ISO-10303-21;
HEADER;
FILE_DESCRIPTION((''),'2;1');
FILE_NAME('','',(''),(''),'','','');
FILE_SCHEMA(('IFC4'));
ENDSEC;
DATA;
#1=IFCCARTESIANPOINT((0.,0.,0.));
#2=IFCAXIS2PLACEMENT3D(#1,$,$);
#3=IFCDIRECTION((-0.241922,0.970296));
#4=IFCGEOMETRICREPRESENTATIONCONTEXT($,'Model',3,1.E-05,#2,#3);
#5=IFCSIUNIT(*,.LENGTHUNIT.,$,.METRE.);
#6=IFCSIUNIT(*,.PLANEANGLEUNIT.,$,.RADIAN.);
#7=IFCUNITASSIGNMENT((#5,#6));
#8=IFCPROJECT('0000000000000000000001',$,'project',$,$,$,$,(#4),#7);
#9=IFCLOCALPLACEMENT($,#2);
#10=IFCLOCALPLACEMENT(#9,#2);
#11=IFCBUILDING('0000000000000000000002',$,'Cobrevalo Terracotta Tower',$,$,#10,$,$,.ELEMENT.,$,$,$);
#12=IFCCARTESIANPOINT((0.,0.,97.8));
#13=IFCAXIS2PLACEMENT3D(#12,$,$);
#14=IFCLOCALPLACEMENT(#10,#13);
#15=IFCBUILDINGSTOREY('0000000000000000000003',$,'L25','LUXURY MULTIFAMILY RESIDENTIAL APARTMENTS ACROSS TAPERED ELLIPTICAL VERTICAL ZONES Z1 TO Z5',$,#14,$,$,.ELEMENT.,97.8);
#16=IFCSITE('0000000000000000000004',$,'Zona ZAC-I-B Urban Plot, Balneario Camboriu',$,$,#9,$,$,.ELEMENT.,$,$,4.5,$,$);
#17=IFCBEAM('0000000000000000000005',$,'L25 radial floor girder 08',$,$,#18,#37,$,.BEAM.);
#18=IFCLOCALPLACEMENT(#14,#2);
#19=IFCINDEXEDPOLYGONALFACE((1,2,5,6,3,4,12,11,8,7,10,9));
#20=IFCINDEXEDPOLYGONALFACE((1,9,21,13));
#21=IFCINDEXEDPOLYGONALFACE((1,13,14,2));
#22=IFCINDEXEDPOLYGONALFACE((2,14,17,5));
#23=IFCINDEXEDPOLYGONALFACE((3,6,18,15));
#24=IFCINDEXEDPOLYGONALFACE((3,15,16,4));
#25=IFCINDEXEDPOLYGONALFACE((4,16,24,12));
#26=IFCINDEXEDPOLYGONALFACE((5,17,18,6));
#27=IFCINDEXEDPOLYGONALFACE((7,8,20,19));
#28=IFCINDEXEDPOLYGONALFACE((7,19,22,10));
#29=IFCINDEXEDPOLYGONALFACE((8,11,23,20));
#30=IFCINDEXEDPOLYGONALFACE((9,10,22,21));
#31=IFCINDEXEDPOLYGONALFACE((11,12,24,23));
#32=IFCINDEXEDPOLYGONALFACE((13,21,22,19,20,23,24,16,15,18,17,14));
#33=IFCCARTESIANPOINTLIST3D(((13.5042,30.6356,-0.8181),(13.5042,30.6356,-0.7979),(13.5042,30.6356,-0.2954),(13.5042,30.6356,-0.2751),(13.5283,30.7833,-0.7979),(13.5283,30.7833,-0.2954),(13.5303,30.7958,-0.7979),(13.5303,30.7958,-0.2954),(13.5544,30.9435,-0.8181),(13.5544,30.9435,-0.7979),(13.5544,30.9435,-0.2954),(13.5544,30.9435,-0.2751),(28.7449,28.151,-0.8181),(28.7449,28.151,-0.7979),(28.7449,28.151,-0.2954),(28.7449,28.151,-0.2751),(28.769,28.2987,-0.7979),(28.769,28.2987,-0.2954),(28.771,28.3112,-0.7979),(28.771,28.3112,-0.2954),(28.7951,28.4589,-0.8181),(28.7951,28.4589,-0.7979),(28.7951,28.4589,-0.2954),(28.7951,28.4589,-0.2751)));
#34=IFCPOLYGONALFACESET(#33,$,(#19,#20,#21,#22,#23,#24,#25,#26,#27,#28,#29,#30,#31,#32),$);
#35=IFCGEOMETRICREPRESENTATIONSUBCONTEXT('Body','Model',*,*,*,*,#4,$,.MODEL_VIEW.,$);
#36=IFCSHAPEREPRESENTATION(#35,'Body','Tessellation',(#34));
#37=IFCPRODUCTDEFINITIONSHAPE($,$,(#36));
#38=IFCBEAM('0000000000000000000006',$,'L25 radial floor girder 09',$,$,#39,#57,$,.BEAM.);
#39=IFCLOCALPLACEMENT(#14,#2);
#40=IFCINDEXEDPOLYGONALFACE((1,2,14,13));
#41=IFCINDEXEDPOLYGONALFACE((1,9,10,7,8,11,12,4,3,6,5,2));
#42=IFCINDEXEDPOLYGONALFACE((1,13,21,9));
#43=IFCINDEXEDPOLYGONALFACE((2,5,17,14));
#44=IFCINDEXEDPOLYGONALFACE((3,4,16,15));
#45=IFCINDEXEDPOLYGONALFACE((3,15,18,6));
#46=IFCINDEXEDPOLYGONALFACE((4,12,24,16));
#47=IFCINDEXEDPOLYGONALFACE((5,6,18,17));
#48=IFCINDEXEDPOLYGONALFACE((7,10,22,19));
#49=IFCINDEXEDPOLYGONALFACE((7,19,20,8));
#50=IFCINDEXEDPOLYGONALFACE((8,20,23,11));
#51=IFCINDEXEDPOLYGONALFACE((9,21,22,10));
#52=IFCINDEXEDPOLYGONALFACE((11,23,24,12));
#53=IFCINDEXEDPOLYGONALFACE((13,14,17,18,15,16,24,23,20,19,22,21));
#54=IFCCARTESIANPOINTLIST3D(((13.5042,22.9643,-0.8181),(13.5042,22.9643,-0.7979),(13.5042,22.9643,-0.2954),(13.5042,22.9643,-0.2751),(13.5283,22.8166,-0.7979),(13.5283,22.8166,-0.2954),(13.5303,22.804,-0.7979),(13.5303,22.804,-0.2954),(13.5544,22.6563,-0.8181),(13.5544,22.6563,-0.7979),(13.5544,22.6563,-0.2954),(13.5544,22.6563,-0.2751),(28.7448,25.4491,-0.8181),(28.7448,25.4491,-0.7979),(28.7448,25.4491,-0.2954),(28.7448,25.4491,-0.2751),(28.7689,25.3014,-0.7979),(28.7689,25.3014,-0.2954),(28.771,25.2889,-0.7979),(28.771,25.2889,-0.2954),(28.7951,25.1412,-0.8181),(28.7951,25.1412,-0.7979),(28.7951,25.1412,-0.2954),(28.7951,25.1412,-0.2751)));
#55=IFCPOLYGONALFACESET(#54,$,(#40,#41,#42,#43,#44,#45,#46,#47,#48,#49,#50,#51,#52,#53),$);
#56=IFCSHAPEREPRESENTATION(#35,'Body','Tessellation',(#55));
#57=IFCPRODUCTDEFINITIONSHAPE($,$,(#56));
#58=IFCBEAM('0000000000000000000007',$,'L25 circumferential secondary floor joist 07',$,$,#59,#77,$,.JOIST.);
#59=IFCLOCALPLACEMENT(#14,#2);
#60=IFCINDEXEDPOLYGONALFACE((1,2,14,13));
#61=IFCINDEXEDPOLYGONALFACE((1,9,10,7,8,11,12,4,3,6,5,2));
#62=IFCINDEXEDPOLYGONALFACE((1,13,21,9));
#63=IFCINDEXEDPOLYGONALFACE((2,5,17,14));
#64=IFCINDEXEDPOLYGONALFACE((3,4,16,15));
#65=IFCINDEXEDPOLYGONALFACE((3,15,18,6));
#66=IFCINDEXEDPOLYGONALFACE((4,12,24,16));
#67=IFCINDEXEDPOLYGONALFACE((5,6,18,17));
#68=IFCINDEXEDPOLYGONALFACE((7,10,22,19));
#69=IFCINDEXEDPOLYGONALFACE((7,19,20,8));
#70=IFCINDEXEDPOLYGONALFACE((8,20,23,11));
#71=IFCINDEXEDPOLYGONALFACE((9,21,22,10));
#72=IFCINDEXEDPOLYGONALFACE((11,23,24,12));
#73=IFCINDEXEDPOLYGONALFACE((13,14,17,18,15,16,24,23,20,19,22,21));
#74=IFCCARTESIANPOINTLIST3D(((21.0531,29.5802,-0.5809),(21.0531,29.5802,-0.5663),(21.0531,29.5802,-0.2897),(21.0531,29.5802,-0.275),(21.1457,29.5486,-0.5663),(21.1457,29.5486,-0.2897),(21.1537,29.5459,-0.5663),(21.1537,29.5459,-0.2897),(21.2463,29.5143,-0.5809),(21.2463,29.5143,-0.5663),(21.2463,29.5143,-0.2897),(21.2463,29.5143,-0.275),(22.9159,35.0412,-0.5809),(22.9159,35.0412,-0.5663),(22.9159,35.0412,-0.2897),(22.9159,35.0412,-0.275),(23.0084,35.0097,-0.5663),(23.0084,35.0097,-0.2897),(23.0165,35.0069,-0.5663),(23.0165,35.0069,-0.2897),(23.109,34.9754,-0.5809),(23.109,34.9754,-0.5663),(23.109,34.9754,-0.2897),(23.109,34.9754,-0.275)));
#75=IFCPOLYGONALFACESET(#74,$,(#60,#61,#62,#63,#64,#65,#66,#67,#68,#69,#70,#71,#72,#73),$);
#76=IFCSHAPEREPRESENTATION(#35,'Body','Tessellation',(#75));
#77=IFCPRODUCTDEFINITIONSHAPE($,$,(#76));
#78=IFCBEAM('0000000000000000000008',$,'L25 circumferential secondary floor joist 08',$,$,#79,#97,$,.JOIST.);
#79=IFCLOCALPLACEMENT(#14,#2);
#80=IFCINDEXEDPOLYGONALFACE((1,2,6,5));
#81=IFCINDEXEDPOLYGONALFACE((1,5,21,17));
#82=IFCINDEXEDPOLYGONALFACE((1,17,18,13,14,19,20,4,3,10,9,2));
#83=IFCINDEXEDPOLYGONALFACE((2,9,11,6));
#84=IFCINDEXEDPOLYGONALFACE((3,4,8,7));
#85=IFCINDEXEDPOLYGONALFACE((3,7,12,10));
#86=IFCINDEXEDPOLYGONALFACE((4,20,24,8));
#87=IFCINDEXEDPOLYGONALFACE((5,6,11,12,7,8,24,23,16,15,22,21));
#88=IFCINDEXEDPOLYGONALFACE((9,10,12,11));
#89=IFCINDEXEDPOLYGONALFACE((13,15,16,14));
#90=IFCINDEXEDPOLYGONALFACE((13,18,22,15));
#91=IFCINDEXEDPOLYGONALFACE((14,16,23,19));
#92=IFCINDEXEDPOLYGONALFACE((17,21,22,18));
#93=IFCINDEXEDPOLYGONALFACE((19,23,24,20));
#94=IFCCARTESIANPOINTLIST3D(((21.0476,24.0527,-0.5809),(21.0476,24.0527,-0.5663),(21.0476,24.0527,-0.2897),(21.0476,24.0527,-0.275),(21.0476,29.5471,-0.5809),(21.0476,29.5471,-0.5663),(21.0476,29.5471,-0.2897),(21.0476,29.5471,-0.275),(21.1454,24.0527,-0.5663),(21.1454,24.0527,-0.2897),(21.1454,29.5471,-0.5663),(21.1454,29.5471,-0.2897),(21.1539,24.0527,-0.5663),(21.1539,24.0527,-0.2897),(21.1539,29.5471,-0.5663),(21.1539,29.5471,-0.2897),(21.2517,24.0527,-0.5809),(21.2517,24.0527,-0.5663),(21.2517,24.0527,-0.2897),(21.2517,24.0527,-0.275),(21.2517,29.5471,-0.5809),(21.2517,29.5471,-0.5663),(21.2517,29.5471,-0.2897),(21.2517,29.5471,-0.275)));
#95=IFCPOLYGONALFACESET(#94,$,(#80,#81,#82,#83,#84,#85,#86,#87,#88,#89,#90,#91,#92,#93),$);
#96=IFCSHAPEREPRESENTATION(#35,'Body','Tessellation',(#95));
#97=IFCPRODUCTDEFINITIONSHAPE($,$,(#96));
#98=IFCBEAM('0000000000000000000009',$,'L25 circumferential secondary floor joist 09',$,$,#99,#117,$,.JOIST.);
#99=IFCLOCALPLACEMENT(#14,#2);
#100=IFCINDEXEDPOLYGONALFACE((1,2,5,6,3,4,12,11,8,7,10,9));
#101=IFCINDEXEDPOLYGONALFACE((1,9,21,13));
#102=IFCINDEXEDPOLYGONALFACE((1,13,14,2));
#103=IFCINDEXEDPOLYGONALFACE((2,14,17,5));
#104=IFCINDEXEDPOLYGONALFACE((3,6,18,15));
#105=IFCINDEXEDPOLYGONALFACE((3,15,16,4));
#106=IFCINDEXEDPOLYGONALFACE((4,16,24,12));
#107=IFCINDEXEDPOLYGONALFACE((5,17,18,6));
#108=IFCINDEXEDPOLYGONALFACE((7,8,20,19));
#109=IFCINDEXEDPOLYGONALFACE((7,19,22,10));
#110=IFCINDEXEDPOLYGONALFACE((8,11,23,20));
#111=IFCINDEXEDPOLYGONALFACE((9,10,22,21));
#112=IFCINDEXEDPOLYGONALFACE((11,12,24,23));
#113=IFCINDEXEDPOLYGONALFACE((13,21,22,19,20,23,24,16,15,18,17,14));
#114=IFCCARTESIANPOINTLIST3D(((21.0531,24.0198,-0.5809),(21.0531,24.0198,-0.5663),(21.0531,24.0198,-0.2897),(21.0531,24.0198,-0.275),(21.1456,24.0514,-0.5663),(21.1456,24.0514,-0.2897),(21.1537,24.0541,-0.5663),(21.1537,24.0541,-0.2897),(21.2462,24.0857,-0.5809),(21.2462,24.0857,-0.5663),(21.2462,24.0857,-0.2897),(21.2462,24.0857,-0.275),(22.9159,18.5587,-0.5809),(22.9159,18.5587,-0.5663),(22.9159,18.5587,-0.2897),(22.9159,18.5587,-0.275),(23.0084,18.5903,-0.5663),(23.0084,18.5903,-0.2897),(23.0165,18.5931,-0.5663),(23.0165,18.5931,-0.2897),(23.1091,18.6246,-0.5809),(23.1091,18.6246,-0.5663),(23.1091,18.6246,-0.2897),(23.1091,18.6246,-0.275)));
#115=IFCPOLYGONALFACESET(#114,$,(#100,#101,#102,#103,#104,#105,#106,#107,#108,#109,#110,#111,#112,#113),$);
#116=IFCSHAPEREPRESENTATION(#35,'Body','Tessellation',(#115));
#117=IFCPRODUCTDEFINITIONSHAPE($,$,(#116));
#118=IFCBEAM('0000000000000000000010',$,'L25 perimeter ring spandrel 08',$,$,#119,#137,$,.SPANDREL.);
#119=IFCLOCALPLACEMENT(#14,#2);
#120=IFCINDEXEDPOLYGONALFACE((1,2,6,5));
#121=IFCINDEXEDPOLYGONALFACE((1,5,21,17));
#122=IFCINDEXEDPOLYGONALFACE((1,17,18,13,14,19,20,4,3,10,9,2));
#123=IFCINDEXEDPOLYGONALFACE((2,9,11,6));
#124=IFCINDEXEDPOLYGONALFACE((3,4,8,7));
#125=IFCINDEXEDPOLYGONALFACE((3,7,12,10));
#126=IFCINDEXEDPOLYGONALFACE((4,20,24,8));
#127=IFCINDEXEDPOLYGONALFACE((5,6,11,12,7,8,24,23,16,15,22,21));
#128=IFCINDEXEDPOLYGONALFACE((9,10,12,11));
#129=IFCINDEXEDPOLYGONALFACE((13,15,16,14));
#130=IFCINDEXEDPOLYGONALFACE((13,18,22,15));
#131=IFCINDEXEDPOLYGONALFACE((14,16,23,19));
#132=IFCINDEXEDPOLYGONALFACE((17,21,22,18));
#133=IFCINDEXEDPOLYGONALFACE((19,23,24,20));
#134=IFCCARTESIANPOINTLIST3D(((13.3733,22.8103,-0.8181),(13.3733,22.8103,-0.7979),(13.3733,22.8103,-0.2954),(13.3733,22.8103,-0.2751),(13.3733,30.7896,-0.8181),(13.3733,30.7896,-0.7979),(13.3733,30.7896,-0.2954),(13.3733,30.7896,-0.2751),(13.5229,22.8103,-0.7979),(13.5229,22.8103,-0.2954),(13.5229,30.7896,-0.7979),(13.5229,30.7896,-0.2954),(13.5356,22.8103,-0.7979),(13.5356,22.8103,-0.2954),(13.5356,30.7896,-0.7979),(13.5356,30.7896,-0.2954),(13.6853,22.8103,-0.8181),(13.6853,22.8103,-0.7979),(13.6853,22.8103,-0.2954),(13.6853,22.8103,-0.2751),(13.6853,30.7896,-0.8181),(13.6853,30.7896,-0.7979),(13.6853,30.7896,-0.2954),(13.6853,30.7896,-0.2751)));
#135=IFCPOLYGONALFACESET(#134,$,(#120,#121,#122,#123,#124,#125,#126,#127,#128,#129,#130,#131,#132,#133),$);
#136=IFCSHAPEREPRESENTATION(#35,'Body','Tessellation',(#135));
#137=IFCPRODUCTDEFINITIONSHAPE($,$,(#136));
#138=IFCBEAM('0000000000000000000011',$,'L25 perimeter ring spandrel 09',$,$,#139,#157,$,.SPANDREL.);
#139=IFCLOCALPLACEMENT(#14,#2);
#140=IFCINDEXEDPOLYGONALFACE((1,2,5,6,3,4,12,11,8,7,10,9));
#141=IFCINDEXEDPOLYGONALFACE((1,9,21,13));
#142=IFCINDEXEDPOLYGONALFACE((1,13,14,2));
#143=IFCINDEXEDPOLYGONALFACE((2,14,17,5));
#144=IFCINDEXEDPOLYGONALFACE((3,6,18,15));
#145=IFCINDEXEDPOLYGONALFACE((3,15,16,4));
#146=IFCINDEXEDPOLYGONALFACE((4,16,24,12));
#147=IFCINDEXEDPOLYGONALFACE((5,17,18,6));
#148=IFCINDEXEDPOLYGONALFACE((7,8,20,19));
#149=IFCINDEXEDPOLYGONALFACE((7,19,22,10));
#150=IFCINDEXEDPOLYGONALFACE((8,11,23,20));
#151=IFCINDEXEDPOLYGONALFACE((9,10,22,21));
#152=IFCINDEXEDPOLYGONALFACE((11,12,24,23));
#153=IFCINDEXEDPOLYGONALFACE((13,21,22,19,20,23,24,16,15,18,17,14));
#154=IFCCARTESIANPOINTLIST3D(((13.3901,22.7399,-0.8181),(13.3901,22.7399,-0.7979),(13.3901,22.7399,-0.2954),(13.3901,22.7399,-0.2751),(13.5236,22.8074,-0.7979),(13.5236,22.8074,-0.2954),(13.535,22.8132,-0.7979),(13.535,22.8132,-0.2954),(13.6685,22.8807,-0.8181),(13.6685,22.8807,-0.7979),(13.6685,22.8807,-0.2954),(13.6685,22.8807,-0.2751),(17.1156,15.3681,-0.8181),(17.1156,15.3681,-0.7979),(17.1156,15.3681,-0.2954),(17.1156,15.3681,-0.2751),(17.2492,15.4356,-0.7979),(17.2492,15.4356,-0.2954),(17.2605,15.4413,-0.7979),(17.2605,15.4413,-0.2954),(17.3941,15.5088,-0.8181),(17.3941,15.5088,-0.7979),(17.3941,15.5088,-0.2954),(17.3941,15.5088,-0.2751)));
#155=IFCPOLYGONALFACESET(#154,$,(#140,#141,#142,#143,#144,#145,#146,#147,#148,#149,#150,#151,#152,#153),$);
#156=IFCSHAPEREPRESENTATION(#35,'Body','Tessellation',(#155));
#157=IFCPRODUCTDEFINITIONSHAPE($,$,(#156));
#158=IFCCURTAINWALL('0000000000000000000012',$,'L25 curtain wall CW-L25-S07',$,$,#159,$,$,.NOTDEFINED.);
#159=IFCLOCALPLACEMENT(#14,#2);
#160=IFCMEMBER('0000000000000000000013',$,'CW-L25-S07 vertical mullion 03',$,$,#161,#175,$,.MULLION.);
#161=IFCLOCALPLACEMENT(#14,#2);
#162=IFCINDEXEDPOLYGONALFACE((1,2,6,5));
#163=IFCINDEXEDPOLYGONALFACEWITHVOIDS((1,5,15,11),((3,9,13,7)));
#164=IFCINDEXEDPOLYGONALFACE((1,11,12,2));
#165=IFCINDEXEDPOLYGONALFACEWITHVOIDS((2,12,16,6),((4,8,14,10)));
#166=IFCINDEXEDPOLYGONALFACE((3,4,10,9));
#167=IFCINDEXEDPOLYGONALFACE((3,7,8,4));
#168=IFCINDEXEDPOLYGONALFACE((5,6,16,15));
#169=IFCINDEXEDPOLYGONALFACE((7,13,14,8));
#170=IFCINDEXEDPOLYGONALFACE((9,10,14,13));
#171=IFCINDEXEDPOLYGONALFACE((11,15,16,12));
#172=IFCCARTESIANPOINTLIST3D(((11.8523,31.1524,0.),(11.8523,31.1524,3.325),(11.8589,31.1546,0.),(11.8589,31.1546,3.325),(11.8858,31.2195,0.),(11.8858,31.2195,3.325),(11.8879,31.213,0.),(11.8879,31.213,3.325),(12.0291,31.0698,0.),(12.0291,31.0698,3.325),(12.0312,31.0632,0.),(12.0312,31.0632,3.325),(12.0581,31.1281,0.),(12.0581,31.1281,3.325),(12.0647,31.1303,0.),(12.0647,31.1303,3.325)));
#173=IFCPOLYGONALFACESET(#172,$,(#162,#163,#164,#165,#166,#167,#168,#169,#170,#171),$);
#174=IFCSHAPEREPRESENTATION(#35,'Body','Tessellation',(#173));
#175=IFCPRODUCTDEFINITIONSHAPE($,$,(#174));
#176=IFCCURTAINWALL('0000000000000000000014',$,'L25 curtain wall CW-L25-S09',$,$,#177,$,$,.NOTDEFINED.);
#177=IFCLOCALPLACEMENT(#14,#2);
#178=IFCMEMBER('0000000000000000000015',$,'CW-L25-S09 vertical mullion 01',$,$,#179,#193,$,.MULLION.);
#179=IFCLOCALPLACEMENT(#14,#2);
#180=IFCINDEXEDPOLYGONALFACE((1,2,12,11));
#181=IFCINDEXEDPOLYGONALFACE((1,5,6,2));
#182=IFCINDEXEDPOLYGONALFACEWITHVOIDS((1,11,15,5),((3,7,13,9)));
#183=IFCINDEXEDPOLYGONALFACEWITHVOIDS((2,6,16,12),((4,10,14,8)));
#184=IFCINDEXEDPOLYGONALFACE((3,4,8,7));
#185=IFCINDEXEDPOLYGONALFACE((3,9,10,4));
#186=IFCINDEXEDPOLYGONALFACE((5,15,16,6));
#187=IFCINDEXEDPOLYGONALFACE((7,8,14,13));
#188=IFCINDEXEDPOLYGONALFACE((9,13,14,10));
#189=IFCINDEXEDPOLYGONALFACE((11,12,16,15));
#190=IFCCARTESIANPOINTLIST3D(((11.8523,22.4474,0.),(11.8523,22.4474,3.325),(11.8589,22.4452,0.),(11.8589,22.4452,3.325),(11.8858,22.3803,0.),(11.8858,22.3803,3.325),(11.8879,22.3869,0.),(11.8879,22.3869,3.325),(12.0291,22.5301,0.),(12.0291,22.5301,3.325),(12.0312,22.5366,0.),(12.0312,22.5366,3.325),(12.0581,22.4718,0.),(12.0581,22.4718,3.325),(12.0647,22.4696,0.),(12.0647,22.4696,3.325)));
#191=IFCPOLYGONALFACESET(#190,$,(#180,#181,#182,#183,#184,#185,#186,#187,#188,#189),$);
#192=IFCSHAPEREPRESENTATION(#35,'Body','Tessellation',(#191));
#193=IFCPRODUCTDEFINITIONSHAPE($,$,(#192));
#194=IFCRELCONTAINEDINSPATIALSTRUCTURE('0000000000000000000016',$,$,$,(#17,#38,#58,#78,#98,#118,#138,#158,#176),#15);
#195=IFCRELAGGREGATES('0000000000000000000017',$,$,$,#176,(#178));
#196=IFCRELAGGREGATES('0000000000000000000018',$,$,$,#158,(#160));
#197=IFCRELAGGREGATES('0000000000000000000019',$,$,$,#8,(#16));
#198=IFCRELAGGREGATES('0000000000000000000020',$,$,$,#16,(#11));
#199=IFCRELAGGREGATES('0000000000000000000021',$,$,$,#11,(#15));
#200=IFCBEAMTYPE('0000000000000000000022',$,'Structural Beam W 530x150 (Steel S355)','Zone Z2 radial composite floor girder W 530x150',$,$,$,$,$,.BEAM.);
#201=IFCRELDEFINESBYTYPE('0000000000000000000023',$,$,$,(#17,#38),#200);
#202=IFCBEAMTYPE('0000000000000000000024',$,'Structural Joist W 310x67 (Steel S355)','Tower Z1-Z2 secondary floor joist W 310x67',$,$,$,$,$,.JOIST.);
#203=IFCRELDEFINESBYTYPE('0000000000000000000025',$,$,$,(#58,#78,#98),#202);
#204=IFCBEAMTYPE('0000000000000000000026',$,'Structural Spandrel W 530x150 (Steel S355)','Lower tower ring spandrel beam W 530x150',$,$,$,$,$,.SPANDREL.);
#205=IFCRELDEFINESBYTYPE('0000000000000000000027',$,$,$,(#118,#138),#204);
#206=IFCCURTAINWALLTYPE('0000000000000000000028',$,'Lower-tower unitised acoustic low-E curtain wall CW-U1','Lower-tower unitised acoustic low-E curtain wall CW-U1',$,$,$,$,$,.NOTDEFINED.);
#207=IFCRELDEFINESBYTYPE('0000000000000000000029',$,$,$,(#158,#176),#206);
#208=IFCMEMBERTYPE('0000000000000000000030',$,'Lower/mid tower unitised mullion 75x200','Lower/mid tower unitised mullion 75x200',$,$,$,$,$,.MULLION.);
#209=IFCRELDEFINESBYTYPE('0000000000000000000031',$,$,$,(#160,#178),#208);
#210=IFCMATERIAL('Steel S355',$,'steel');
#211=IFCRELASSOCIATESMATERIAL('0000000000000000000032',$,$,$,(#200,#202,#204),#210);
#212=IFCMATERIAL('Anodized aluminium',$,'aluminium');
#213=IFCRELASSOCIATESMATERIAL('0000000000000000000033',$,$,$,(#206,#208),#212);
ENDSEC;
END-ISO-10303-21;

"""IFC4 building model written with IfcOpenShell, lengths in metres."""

from ifc_helpers import new_model, si_unit, direction, frame, origin, origin_2d, place, context, subcontext, project, spatial, hollow_rectangle, i_section, extrude, source, transform, mapped, material, material_profile, profile_set, type_object, element, aggregate, save


model = new_model("IFC4")

# Units and contexts
model_context = context("Model", 3, precision=1e-05, world=origin(), true_north=direction((-0.241922, 0.970296)))
body_context = subcontext(model_context, "Body", "Model", "MODEL_VIEW")
ifc_project = project(units=[si_unit("LENGTHUNIT", "METRE"), si_unit("PLANEANGLEUNIT", "RADIAN")], contexts=[model_context])

# Site, building, storey
site_placement = place(None, origin())
site = spatial("IfcSite", under=ifc_project, at=site_placement, Name="Zona ZAC-I-B Urban Plot, Balneario Camboriu", CompositionType="ELEMENT", RefElevation=4.5)
building_placement = place(site_placement, origin())
building = spatial("IfcBuilding", under=site, at=building_placement, Name="Cobrevalo Terracotta Tower", CompositionType="ELEMENT")
storey_placement = place(building_placement, frame((0.0, 0.0, 97.8)))
storey = spatial("IfcBuildingStorey", under=building, at=storey_placement, Name="L25", Description="LUXURY MULTIFAMILY RESIDENTIAL APARTMENTS ACROSS TAPERED ELLIPTICAL VERTICAL ZONES Z1 TO Z5", CompositionType="ELEMENT", Elevation=97.8)

# Shared definitions
ifc_material_1 = material(Name="Steel S355", Category="steel")

# Beams
ifc_material_profile_1 = material_profile(ifc_material_1, i_section(OverallWidth=0.312, OverallDepth=0.543, WebThickness=0.0127, FlangeThickness=0.0203, at=origin_2d()), Name="W 530x150")
ifc_profile_set_1 = profile_set([ifc_material_profile_1], Name="Steel S355")
beam_type_1 = type_object("IfcBeamType", Name="Structural Beam W 530x150 (Steel S355)", Description="Zone Z2 radial composite floor girder W 530x150", PredefinedType="BEAM", material=ifc_profile_set_1)
for number, where, z_axis, x_axis, name in (
    (1, (13.5293, 30.7896, -0.5466), (0.986971, -0.160901, 0.0), (0.160901, 0.986971, 0.0), "L25 radial floor girder 08"),
    (2, (13.5293, 22.8103, -0.5466), (0.986968, 0.160916, 0.0), (-0.160916, 0.986968, 0.0), "L25 radial floor girder 09"),
):
    element("IfcBeam", number, at=place(storey_placement, frame(where, z_axis=z_axis, x_axis=x_axis)), inside=storey, type_object=beam_type_1, Name=name, PredefinedType="BEAM", context=body_context, shape_type="SweptSolid", body=[
        extrude(i_section(OverallWidth=0.312, OverallDepth=0.543, WebThickness=0.0127, FlangeThickness=0.0203, at=origin_2d()), origin(), (0.0, 0.0, 1.0), 15.4419),
    ])
ifc_material_profile_2 = material_profile(ifc_material_1, i_section(OverallWidth=0.2041, OverallDepth=0.3059, WebThickness=0.0085, FlangeThickness=0.0146, at=origin_2d()), Name="W 310x67")
ifc_profile_set_2 = profile_set([ifc_material_profile_2], Name="Steel S355")
beam_type_2 = type_object("IfcBeamType", Name="Structural Joist W 310x67 (Steel S355)", Description="Tower Z1-Z2 secondary floor joist W 310x67", PredefinedType="JOIST", material=ifc_profile_set_2)
beam_1_placement = place(storey_placement, frame((23.0125, 35.0083, -0.428), z_axis=(-0.322833, -0.946456, 0.0), x_axis=(0.946456, -0.322833, 0.0)))
element("IfcBeam", 3, at=beam_1_placement, inside=storey, type_object=beam_type_2, Name="L25 circumferential secondary floor joist 07", PredefinedType="JOIST", context=body_context, shape_type="SweptSolid", body=[
    extrude(i_section(OverallWidth=0.2041, OverallDepth=0.3059, WebThickness=0.0085, FlangeThickness=0.0146, at=origin_2d()), origin(), (0.0, 0.0, 1.0), 5.77),
])
beam_2_placement = place(storey_placement, frame((21.1497, 29.5471, -0.428), z_axis=(0.0, -1.0, 0.0), x_axis=(1.0, 0.0, 0.0)))
element("IfcBeam", 4, at=beam_2_placement, inside=storey, type_object=beam_type_2, Name="L25 circumferential secondary floor joist 08", PredefinedType="JOIST", context=body_context, shape_type="SweptSolid", body=[
    extrude(i_section(OverallWidth=0.2041, OverallDepth=0.3059, WebThickness=0.0085, FlangeThickness=0.0146, at=origin_2d()), origin(), (0.0, 0.0, 1.0), 5.4944),
])
beam_3_placement = place(storey_placement, frame((21.1497, 24.0527, -0.428), z_axis=(0.322846, -0.946451, 0.0), x_axis=(0.946451, 0.322846, 0.0)))
element("IfcBeam", 5, at=beam_3_placement, inside=storey, type_object=beam_type_2, Name="L25 circumferential secondary floor joist 09", PredefinedType="JOIST", context=body_context, shape_type="SweptSolid", body=[
    extrude(i_section(OverallWidth=0.2041, OverallDepth=0.3059, WebThickness=0.0085, FlangeThickness=0.0146, at=origin_2d()), origin(), (0.0, 0.0, 1.0), 5.77),
])
ifc_material_profile_3 = material_profile(ifc_material_1, i_section(OverallWidth=0.312, OverallDepth=0.543, WebThickness=0.0127, FlangeThickness=0.0203, at=origin_2d()), Name="W 530x150")
ifc_profile_set_3 = profile_set([ifc_material_profile_3], Name="Steel S355")
beam_type_3 = type_object("IfcBeamType", Name="Structural Spandrel W 530x150 (Steel S355)", Description="Lower tower ring spandrel beam W 530x150", PredefinedType="SPANDREL", material=ifc_profile_set_3)
beam_4_placement = place(storey_placement, frame((13.5293, 30.7896, -0.5466), z_axis=(0.0, -1.0, 0.0), x_axis=(1.0, 0.0, 0.0)))
element("IfcBeam", 6, at=beam_4_placement, inside=storey, type_object=beam_type_3, Name="L25 perimeter ring spandrel 08", PredefinedType="SPANDREL", context=body_context, shape_type="SweptSolid", body=[
    extrude(i_section(OverallWidth=0.312, OverallDepth=0.543, WebThickness=0.0127, FlangeThickness=0.0203, at=origin_2d()), origin(), (0.0, 0.0, 1.0), 7.9792),
])
beam_5_placement = place(storey_placement, frame((13.5293, 22.8103, -0.5466), z_axis=(0.451052, -0.892498, 0.0), x_axis=(0.892498, 0.451052, 0.0)))
element("IfcBeam", 7, at=beam_5_placement, inside=storey, type_object=beam_type_3, Name="L25 perimeter ring spandrel 09", PredefinedType="SPANDREL", context=body_context, shape_type="SweptSolid", body=[
    extrude(i_section(OverallWidth=0.312, OverallDepth=0.543, WebThickness=0.0127, FlangeThickness=0.0203, at=origin_2d()), origin(), (0.0, 0.0, 1.0), 8.2598),
])

# Curtain walls, members
ifc_material_2 = material(Name="Anodized aluminium", Category="aluminium")
curtain_wall_type = type_object("IfcCurtainWallType", Name="Lower-tower unitised acoustic low-E curtain wall CW-U1", Description="Lower-tower unitised acoustic low-E curtain wall CW-U1", PredefinedType="NOTDEFINED", material=ifc_material_2)
curtain_wall_1_placement = place(storey_placement, origin())
curtain_wall_1 = element("IfcCurtainWall", 8, at=curtain_wall_1_placement, inside=storey, type_object=curtain_wall_type, Name="L25 curtain wall CW-L25-S07", PredefinedType="NOTDEFINED")
ifc_material_profile_4 = material_profile(ifc_material_2, hollow_rectangle(XDim=0.075, YDim=0.2, WallThickness=0.0049, at=origin_2d()), Name="CWM 75x200")
ifc_profile_set_4 = profile_set([ifc_material_profile_4], Name="Anodized aluminium")
member_type_1 = type_object("IfcMemberType", Name="Lower/mid tower unitised mullion 75x200", Description="Lower/mid tower unitised mullion 75x200", PredefinedType="MULLION", material=ifc_profile_set_4)
shared_shape_1 = source(origin(), body_context, "Body", "SweptSolid", [
    extrude(hollow_rectangle(XDim=0.075, YDim=0.2, WallThickness=0.0049, at=origin_2d()), origin(), (0.0, 0.0, 1.0), 3.325),
])
member_1_placement = place(storey_placement, frame((11.9585, 31.1414, 0.0), z_axis=(0.0, 0.0, 1.0), x_axis=(-0.44626, -0.894903, 0.0)))
member_1 = element("IfcMember", 9, at=member_1_placement, type_object=member_type_1, Name="CW-L25-S07 vertical mullion 03", PredefinedType="MULLION", context=body_context, shape_type="MappedRepresentation", body=[
    mapped(shared_shape_1, transform((0.0, 0.0, 0.0), scale=1.0)),
])
curtain_wall_2_placement = place(storey_placement, origin())
curtain_wall_2 = element("IfcCurtainWall", 10, at=curtain_wall_2_placement, inside=storey, type_object=curtain_wall_type, Name="L25 curtain wall CW-L25-S09", PredefinedType="NOTDEFINED")
member_2_placement = place(storey_placement, frame((11.9585, 22.4585, 0.0), z_axis=(0.0, 0.0, 1.0), x_axis=(0.44626, -0.894903, 0.0)))
member_2 = element("IfcMember", 11, at=member_2_placement, type_object=member_type_1, Name="CW-L25-S09 vertical mullion 01", PredefinedType="MULLION", context=body_context, shape_type="MappedRepresentation", body=[
    mapped(shared_shape_1, transform((0.0, 0.0, 0.0), scale=1.0)),
])
aggregate(curtain_wall_2, [member_2])

aggregate(curtain_wall_1, [member_1])

save(model, "model.ifc")
